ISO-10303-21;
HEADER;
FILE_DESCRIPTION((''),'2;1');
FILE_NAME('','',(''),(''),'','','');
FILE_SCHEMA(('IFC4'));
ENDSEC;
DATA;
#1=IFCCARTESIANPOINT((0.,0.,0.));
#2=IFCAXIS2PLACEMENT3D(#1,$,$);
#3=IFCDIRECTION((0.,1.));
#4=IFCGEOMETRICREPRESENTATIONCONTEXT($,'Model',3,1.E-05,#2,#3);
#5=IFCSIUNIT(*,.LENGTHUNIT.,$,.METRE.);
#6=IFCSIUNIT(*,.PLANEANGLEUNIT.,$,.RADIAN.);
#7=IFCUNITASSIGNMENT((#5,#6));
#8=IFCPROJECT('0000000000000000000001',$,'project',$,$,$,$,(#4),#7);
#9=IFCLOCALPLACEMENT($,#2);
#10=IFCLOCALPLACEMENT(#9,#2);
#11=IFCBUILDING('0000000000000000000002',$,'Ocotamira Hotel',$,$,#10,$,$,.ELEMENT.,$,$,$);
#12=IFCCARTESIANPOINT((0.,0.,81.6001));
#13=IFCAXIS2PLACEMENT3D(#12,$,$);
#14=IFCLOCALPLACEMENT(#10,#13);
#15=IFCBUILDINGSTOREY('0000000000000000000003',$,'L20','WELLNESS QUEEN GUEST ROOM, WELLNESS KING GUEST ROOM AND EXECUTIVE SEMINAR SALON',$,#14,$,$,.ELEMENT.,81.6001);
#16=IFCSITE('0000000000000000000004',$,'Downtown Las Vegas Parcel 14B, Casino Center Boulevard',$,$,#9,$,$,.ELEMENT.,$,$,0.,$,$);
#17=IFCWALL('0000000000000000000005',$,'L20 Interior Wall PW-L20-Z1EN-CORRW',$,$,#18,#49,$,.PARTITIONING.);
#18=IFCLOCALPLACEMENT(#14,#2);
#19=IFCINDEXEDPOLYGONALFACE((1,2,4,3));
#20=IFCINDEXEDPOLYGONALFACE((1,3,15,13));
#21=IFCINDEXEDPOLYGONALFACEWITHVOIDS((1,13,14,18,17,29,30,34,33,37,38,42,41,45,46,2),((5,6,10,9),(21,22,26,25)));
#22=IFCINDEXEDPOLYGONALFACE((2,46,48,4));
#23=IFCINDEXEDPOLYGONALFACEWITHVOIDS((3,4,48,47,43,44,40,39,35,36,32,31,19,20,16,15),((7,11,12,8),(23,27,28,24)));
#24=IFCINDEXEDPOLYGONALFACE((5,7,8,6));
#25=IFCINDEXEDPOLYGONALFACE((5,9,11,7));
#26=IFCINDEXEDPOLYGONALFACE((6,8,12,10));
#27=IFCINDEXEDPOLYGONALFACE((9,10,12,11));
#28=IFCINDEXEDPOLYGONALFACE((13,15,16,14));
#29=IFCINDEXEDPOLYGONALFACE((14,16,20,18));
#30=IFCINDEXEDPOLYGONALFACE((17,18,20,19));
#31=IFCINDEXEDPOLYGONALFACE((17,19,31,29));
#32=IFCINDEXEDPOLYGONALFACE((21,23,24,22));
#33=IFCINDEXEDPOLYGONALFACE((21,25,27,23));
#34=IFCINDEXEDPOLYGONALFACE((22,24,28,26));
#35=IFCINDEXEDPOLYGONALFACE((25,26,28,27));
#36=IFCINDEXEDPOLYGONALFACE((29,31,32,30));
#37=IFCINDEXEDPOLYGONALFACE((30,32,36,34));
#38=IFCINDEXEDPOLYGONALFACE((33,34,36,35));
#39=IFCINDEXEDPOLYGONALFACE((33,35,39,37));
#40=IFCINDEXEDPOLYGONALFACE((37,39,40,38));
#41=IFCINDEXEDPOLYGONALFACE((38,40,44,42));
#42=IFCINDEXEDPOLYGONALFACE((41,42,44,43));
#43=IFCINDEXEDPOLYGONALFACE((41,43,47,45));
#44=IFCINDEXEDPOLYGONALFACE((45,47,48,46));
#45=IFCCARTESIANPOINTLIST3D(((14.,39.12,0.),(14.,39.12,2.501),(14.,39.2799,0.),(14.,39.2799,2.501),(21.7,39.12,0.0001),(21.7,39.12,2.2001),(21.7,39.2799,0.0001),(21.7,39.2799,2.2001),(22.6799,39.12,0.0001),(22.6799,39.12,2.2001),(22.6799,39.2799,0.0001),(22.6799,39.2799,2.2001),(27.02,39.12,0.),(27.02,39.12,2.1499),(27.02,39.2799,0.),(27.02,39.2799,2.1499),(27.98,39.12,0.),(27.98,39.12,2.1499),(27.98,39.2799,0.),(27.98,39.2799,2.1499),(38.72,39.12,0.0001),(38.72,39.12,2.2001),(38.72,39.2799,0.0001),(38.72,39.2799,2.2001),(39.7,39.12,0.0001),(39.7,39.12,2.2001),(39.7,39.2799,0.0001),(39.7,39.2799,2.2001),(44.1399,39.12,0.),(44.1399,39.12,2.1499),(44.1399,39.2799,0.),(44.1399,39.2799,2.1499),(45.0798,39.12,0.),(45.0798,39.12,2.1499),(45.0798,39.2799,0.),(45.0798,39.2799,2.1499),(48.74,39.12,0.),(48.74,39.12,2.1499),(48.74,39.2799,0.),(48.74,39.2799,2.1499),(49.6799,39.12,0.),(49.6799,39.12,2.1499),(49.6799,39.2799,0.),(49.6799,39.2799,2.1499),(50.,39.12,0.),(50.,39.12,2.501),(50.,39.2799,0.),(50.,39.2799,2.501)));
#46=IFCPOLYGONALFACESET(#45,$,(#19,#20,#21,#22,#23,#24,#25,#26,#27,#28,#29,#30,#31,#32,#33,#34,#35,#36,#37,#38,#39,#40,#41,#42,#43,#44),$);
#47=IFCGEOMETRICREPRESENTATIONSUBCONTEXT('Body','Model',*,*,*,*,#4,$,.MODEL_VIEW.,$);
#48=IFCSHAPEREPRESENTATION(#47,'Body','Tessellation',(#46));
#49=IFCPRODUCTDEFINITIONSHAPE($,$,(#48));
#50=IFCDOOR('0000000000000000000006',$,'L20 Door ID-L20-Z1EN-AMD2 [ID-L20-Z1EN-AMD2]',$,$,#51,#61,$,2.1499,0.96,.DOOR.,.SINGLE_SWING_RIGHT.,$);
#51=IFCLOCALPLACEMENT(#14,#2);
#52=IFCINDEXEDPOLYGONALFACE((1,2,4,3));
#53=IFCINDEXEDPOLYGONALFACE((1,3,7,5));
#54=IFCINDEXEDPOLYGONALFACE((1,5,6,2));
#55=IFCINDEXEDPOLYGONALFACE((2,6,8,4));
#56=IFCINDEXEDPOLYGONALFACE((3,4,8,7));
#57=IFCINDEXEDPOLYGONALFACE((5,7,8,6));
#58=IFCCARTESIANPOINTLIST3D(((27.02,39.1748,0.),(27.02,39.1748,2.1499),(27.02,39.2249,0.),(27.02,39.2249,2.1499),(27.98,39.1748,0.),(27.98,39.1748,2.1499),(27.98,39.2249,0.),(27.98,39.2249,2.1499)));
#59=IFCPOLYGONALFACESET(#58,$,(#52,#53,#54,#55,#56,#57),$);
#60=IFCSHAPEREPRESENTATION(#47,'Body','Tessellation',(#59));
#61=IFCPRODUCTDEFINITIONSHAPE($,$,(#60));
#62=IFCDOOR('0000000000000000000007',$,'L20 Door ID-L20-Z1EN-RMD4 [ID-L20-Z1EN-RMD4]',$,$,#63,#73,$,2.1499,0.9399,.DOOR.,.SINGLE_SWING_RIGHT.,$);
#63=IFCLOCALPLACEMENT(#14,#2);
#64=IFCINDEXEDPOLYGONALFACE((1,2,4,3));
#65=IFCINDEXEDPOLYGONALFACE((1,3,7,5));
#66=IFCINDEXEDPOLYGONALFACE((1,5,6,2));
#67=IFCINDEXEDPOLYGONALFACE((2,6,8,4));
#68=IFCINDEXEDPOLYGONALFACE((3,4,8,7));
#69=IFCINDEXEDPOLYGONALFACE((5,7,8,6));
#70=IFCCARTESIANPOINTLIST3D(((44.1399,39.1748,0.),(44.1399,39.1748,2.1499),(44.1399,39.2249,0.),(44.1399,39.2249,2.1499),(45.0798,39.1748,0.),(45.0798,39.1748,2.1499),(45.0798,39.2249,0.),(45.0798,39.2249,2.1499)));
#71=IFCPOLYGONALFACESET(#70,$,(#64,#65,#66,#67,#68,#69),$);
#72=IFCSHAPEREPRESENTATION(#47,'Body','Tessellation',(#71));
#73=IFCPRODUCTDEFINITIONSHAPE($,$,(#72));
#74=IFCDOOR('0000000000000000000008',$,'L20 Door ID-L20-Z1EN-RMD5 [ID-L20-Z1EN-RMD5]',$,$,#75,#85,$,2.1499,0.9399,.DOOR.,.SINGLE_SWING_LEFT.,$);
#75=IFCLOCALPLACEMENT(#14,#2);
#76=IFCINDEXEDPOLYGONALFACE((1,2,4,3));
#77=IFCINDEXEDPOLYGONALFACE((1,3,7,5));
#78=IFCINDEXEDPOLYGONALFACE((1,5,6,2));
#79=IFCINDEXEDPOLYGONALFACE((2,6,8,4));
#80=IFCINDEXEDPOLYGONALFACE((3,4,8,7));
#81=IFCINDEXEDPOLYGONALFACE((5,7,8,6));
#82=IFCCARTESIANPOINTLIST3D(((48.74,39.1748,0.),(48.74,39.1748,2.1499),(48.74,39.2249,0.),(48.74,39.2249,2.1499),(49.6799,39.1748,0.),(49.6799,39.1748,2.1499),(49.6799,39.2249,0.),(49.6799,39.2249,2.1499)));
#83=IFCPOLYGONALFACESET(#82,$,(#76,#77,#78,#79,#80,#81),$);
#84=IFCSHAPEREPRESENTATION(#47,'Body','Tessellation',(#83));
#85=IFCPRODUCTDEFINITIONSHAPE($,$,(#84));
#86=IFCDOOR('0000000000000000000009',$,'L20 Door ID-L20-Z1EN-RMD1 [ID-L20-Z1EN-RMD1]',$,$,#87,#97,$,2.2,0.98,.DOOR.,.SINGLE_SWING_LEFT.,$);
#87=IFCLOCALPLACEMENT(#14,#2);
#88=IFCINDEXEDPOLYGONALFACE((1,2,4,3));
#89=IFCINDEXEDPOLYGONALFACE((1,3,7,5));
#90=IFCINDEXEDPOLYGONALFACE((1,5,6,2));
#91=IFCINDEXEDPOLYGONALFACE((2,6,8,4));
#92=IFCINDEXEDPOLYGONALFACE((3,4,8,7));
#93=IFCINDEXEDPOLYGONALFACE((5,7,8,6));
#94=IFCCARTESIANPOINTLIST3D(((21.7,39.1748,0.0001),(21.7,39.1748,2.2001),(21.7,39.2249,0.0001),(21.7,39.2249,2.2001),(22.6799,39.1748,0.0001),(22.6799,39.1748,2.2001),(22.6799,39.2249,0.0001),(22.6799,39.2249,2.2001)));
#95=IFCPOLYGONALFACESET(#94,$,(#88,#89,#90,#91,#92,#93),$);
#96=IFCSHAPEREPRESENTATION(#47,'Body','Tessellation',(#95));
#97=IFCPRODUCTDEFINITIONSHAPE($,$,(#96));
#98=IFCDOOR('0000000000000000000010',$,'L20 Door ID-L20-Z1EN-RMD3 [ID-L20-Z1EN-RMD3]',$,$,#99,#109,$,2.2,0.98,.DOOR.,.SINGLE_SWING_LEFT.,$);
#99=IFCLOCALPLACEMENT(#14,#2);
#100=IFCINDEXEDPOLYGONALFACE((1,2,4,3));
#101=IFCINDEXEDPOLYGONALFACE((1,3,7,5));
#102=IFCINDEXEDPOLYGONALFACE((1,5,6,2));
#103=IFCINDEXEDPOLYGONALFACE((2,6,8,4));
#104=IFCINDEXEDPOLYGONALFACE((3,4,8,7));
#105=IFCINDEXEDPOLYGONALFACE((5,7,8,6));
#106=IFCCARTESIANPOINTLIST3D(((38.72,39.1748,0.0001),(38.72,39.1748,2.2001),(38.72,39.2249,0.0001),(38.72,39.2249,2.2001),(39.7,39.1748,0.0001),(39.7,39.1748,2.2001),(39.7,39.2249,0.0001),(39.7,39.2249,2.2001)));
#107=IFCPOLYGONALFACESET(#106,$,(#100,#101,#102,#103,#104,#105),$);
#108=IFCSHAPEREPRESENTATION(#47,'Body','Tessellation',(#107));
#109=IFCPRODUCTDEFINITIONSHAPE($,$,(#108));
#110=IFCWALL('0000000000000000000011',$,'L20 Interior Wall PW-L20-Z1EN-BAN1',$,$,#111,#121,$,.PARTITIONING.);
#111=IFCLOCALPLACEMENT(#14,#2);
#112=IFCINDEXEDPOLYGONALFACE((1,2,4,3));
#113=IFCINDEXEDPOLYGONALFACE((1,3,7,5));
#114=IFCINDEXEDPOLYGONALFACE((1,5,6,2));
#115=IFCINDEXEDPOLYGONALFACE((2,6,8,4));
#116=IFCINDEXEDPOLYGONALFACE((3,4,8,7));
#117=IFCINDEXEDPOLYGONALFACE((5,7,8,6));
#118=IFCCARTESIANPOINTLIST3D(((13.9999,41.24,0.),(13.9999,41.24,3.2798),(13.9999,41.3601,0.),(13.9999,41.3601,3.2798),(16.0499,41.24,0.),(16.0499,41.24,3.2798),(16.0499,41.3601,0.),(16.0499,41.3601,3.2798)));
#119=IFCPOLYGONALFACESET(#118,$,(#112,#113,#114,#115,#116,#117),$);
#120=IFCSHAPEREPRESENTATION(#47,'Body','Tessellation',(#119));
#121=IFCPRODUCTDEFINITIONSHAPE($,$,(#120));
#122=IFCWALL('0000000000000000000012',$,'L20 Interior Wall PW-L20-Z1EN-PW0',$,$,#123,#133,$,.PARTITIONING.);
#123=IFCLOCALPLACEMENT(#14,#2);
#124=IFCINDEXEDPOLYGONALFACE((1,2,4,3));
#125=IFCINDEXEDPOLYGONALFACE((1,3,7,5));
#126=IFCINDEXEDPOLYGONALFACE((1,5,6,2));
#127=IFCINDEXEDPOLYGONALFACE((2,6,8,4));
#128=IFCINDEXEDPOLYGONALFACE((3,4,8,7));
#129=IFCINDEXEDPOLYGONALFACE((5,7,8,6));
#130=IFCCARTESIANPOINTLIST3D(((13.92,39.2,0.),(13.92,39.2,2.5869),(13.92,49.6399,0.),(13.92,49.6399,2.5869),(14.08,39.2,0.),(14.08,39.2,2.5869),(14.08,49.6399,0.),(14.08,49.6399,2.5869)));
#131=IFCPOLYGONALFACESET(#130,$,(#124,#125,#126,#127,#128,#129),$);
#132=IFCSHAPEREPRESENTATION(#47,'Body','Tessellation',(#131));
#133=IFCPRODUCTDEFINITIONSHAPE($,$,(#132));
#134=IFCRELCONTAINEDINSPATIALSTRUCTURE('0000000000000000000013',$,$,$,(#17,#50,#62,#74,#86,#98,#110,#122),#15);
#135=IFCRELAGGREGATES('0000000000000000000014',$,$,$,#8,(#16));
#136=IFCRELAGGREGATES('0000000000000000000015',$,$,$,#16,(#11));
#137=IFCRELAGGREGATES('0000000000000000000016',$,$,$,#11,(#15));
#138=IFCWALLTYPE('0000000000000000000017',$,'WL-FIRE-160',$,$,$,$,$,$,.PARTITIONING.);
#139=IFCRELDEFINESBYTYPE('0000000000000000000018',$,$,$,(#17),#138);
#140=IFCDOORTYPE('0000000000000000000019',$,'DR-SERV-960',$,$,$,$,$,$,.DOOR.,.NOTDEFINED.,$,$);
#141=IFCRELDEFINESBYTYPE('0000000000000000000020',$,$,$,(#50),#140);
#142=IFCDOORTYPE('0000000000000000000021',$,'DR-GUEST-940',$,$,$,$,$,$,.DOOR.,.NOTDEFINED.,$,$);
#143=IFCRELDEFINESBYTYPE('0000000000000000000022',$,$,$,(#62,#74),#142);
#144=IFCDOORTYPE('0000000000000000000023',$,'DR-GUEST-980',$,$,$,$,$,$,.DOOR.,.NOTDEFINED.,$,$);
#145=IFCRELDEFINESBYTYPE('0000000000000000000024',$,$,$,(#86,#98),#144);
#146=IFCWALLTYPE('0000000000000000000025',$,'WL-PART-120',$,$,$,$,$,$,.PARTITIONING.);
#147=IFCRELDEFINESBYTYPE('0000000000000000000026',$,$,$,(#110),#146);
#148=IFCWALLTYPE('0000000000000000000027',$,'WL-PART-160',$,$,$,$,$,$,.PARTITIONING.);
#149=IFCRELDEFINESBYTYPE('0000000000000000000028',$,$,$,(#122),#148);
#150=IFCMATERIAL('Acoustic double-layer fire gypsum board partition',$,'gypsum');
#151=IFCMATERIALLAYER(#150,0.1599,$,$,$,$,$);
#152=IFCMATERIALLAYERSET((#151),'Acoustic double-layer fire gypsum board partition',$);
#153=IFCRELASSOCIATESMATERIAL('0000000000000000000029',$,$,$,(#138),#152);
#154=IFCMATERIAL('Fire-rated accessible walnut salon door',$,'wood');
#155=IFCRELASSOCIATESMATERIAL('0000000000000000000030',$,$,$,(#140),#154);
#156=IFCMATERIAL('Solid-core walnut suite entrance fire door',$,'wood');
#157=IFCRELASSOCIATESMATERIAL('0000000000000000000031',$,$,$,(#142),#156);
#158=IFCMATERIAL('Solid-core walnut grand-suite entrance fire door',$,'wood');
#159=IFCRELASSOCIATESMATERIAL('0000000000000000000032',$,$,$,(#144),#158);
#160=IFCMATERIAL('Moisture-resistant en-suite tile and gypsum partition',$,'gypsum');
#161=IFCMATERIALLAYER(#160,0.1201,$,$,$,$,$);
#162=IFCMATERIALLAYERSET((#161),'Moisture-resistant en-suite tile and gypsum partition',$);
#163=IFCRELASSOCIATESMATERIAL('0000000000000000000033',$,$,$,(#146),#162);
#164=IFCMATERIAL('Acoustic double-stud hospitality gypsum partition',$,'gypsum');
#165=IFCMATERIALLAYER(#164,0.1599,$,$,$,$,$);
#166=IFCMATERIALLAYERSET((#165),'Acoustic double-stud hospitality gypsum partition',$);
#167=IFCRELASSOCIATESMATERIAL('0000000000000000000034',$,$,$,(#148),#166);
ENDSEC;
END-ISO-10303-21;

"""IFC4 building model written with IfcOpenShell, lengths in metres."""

from ifc_helpers import new_model, si_unit, direction, frame, frame_2d, origin, place, context, subcontext, project, spatial, rectangle, extrude, source, transform, mapped, material, layer, layer_set, type_object, element, fill, save


model = new_model("IFC4")

# Units and contexts
model_context = context("Model", 3, precision=1e-05, world=origin(), true_north=direction((0.0, 1.0)))
body_context = subcontext(model_context, "Body", "Model", "MODEL_VIEW")
ifc_project = project(units=[si_unit("LENGTHUNIT", "METRE"), si_unit("PLANEANGLEUNIT", "RADIAN")], contexts=[model_context])

# Site, building, storey
site_placement = place(None, origin())
site = spatial("IfcSite", under=ifc_project, at=site_placement, Name="Downtown Las Vegas Parcel 14B, Casino Center Boulevard", CompositionType="ELEMENT", RefElevation=0.0)
building_placement = place(site_placement, origin())
building = spatial("IfcBuilding", under=site, at=building_placement, Name="Ocotamira Hotel", CompositionType="ELEMENT")
storey_placement = place(building_placement, frame((0.0, 0.0, 81.6001)))
storey = spatial("IfcBuildingStorey", under=building, at=storey_placement, Name="L20", Description="WELLNESS QUEEN GUEST ROOM, WELLNESS KING GUEST ROOM AND EXECUTIVE SEMINAR SALON", CompositionType="ELEMENT", Elevation=81.6001)

# Shared definitions
ifc_material_1 = material(Name="Acoustic double-layer fire gypsum board partition", Category="gypsum")
ifc_layer_1 = layer(ifc_material_1, 0.1599)
ifc_layer_set_1 = layer_set([ifc_layer_1], Name="Acoustic double-layer fire gypsum board partition")
wall_type_1 = type_object("IfcWallType", Name="WL-FIRE-160", PredefinedType="PARTITIONING", material=ifc_layer_set_1)
ifc_material_2 = material(Name="Fire-rated accessible walnut salon door", Category="wood")
door_type_1 = type_object("IfcDoorType", Name="DR-SERV-960", OperationType="NOTDEFINED", PredefinedType="DOOR", material=ifc_material_2)
shared_shape_1 = source(origin(), body_context, "Body", "SweptSolid", [
    extrude(rectangle(XDim=0.96, YDim=2.1499, at=frame_2d((0.48, 1.075))), frame((0.0, 0.0249, 0.0), z_axis=(0.0, -1.0, 0.0), x_axis=(1.0, 0.0, 0.0)), (0.0, 0.0, 1.0), 0.05),
])

# Wall, openings, doors
wall_1_placement = place(storey_placement, frame((14.0, 39.2, 0.0), z_axis=(0.0, 0.0, 1.0), x_axis=(1.0, 0.0, 0.0)))
wall_1 = element("IfcWall", 1, at=wall_1_placement, inside=storey, type_object=wall_type_1, Name="L20 Interior Wall PW-L20-Z1EN-CORRW", PredefinedType="PARTITIONING", context=body_context, shape_type="SweptSolid", body=[
    extrude(rectangle(XDim=36.0, YDim=0.1599, at=frame_2d((18.0, 0.0))), origin(), (0.0, 0.0, 1.0), 2.501),
])
opening_1_placement = place(wall_1_placement, frame((7.7, 0.0, 0.0)))
opening_1 = element("IfcOpeningElement", 2, at=opening_1_placement, cuts=wall_1, PredefinedType="OPENING", context=body_context, shape_type="SweptSolid", body=[
    extrude(rectangle(XDim=0.98, YDim=2.2, at=frame_2d((0.49, 1.1001))), frame((0.0, 0.0898, 0.0), z_axis=(0.0, -1.0, 0.0), x_axis=(1.0, 0.0, 0.0)), (0.0, 0.0, 1.0), 0.1799),
])
opening_2_placement = place(wall_1_placement, frame((13.02, 0.0, 0.0)))
opening_2 = element("IfcOpeningElement", 3, at=opening_2_placement, cuts=wall_1, PredefinedType="OPENING", context=body_context, shape_type="SweptSolid", body=[
    extrude(rectangle(XDim=0.96, YDim=2.1499, at=frame_2d((0.48, 1.075))), frame((0.0, 0.0898, 0.0), z_axis=(0.0, -1.0, 0.0), x_axis=(1.0, 0.0, 0.0)), (0.0, 0.0, 1.0), 0.1799),
])
opening_3_placement = place(wall_1_placement, frame((24.72, 0.0, 0.0)))
opening_3 = element("IfcOpeningElement", 4, at=opening_3_placement, cuts=wall_1, PredefinedType="OPENING", context=body_context, shape_type="SweptSolid", body=[
    extrude(rectangle(XDim=0.98, YDim=2.2, at=frame_2d((0.49, 1.1001))), frame((0.0, 0.0898, 0.0), z_axis=(0.0, -1.0, 0.0), x_axis=(1.0, 0.0, 0.0)), (0.0, 0.0, 1.0), 0.1799),
])
opening_4_placement = place(wall_1_placement, frame((30.1399, 0.0, 0.0)))
opening_4 = element("IfcOpeningElement", 5, at=opening_4_placement, cuts=wall_1, PredefinedType="OPENING", context=body_context, shape_type="SweptSolid", body=[
    extrude(rectangle(XDim=0.9399, YDim=2.1499, at=frame_2d((0.47, 1.075))), frame((0.0, 0.0898, 0.0), z_axis=(0.0, -1.0, 0.0), x_axis=(1.0, 0.0, 0.0)), (0.0, 0.0, 1.0), 0.1799),
])
opening_5_placement = place(wall_1_placement, frame((34.74, 0.0, 0.0)))
opening_5 = element("IfcOpeningElement", 6, at=opening_5_placement, cuts=wall_1, PredefinedType="OPENING", context=body_context, shape_type="SweptSolid", body=[
    extrude(rectangle(XDim=0.9399, YDim=2.1499, at=frame_2d((0.47, 1.075))), frame((0.0, 0.0898, 0.0), z_axis=(0.0, -1.0, 0.0), x_axis=(1.0, 0.0, 0.0)), (0.0, 0.0, 1.0), 0.1799),
])
door_1_placement = place(opening_2_placement, origin())
door_1 = element("IfcDoor", 7, at=door_1_placement, inside=storey, type_object=door_type_1, Name="L20 Door ID-L20-Z1EN-AMD2 [ID-L20-Z1EN-AMD2]", OperationType="SINGLE_SWING_RIGHT", OverallHeight=2.1499, OverallWidth=0.96, PredefinedType="DOOR", context=body_context, shape_type="MappedRepresentation", body=[
    mapped(shared_shape_1, transform((0.0, 0.0, 0.0), scale=1.0)),
])
fill(opening_2, door_1)
ifc_material_3 = material(Name="Solid-core walnut suite entrance fire door", Category="wood")
door_type_2 = type_object("IfcDoorType", Name="DR-GUEST-940", OperationType="NOTDEFINED", PredefinedType="DOOR", material=ifc_material_3)
shared_shape_2 = source(origin(), body_context, "Body", "SweptSolid", [
    extrude(rectangle(XDim=0.9399, YDim=2.1499, at=frame_2d((0.47, 1.075))), frame((0.0, 0.0249, 0.0), z_axis=(0.0, -1.0, 0.0), x_axis=(1.0, 0.0, 0.0)), (0.0, 0.0, 1.0), 0.05),
])
door_2_placement = place(opening_4_placement, origin())
door_2 = element("IfcDoor", 8, at=door_2_placement, inside=storey, type_object=door_type_2, Name="L20 Door ID-L20-Z1EN-RMD4 [ID-L20-Z1EN-RMD4]", OperationType="SINGLE_SWING_RIGHT", OverallHeight=2.1499, OverallWidth=0.9399, PredefinedType="DOOR", context=body_context, shape_type="MappedRepresentation", body=[
    mapped(shared_shape_2, transform((0.0, 0.0, 0.0), scale=1.0)),
])
fill(opening_4, door_2)
door_3_placement = place(opening_5_placement, origin())
door_3 = element("IfcDoor", 9, at=door_3_placement, inside=storey, type_object=door_type_2, Name="L20 Door ID-L20-Z1EN-RMD5 [ID-L20-Z1EN-RMD5]", OperationType="SINGLE_SWING_LEFT", OverallHeight=2.1499, OverallWidth=0.9399, PredefinedType="DOOR", context=body_context, shape_type="MappedRepresentation", body=[
    mapped(shared_shape_2, transform((0.0, 0.0, 0.0), scale=1.0)),
])
fill(opening_5, door_3)
ifc_material_4 = material(Name="Solid-core walnut grand-suite entrance fire door", Category="wood")
door_type_3 = type_object("IfcDoorType", Name="DR-GUEST-980", OperationType="NOTDEFINED", PredefinedType="DOOR", material=ifc_material_4)
shared_shape_3 = source(origin(), body_context, "Body", "SweptSolid", [
    extrude(rectangle(XDim=0.98, YDim=2.2, at=frame_2d((0.49, 1.1001))), frame((0.0, 0.0249, 0.0), z_axis=(0.0, -1.0, 0.0), x_axis=(1.0, 0.0, 0.0)), (0.0, 0.0, 1.0), 0.05),
])
door_4_placement = place(opening_1_placement, origin())
door_4 = element("IfcDoor", 10, at=door_4_placement, inside=storey, type_object=door_type_3, Name="L20 Door ID-L20-Z1EN-RMD1 [ID-L20-Z1EN-RMD1]", OperationType="SINGLE_SWING_LEFT", OverallHeight=2.2, OverallWidth=0.98, PredefinedType="DOOR", context=body_context, shape_type="MappedRepresentation", body=[
    mapped(shared_shape_3, transform((0.0, 0.0, 0.0), scale=1.0)),
])
fill(opening_1, door_4)
door_5_placement = place(opening_3_placement, origin())
door_5 = element("IfcDoor", 11, at=door_5_placement, inside=storey, type_object=door_type_3, Name="L20 Door ID-L20-Z1EN-RMD3 [ID-L20-Z1EN-RMD3]", OperationType="SINGLE_SWING_LEFT", OverallHeight=2.2, OverallWidth=0.98, PredefinedType="DOOR", context=body_context, shape_type="MappedRepresentation", body=[
    mapped(shared_shape_3, transform((0.0, 0.0, 0.0), scale=1.0)),
])
fill(opening_3, door_5)

# Walls
ifc_material_5 = material(Name="Moisture-resistant en-suite tile and gypsum partition", Category="gypsum")
ifc_layer_2 = layer(ifc_material_5, 0.1201)
ifc_layer_set_2 = layer_set([ifc_layer_2], Name="Moisture-resistant en-suite tile and gypsum partition")
wall_type_2 = type_object("IfcWallType", Name="WL-PART-120", PredefinedType="PARTITIONING", material=ifc_layer_set_2)
wall_2_placement = place(storey_placement, frame((14.0, 41.3, 0.0), z_axis=(0.0, 0.0, 1.0), x_axis=(1.0, 0.0, 0.0)))
element("IfcWall", 12, at=wall_2_placement, inside=storey, type_object=wall_type_2, Name="L20 Interior Wall PW-L20-Z1EN-BAN1", PredefinedType="PARTITIONING", context=body_context, shape_type="SweptSolid", body=[
    extrude(rectangle(XDim=2.05, YDim=0.1201, at=frame_2d((1.0249, 0.0))), origin(), (0.0, 0.0, 1.0), 3.2798),
])
ifc_material_6 = material(Name="Acoustic double-stud hospitality gypsum partition", Category="gypsum")
ifc_layer_3 = layer(ifc_material_6, 0.1599)
ifc_layer_set_3 = layer_set([ifc_layer_3], Name="Acoustic double-stud hospitality gypsum partition")
wall_type_3 = type_object("IfcWallType", Name="WL-PART-160", PredefinedType="PARTITIONING", material=ifc_layer_set_3)
wall_3_placement = place(storey_placement, frame((14.0, 39.2, 0.0), z_axis=(0.0, 0.0, 1.0), x_axis=(0.0, 1.0, 0.0)))
element("IfcWall", 13, at=wall_3_placement, inside=storey, type_object=wall_type_3, Name="L20 Interior Wall PW-L20-Z1EN-PW0", PredefinedType="PARTITIONING", context=body_context, shape_type="SweptSolid", body=[
    extrude(rectangle(XDim=10.4399, YDim=0.1599, at=frame_2d((5.22, 0.0))), origin(), (0.0, 0.0, 1.0), 2.5869),
])

save(model, "model.ifc")
